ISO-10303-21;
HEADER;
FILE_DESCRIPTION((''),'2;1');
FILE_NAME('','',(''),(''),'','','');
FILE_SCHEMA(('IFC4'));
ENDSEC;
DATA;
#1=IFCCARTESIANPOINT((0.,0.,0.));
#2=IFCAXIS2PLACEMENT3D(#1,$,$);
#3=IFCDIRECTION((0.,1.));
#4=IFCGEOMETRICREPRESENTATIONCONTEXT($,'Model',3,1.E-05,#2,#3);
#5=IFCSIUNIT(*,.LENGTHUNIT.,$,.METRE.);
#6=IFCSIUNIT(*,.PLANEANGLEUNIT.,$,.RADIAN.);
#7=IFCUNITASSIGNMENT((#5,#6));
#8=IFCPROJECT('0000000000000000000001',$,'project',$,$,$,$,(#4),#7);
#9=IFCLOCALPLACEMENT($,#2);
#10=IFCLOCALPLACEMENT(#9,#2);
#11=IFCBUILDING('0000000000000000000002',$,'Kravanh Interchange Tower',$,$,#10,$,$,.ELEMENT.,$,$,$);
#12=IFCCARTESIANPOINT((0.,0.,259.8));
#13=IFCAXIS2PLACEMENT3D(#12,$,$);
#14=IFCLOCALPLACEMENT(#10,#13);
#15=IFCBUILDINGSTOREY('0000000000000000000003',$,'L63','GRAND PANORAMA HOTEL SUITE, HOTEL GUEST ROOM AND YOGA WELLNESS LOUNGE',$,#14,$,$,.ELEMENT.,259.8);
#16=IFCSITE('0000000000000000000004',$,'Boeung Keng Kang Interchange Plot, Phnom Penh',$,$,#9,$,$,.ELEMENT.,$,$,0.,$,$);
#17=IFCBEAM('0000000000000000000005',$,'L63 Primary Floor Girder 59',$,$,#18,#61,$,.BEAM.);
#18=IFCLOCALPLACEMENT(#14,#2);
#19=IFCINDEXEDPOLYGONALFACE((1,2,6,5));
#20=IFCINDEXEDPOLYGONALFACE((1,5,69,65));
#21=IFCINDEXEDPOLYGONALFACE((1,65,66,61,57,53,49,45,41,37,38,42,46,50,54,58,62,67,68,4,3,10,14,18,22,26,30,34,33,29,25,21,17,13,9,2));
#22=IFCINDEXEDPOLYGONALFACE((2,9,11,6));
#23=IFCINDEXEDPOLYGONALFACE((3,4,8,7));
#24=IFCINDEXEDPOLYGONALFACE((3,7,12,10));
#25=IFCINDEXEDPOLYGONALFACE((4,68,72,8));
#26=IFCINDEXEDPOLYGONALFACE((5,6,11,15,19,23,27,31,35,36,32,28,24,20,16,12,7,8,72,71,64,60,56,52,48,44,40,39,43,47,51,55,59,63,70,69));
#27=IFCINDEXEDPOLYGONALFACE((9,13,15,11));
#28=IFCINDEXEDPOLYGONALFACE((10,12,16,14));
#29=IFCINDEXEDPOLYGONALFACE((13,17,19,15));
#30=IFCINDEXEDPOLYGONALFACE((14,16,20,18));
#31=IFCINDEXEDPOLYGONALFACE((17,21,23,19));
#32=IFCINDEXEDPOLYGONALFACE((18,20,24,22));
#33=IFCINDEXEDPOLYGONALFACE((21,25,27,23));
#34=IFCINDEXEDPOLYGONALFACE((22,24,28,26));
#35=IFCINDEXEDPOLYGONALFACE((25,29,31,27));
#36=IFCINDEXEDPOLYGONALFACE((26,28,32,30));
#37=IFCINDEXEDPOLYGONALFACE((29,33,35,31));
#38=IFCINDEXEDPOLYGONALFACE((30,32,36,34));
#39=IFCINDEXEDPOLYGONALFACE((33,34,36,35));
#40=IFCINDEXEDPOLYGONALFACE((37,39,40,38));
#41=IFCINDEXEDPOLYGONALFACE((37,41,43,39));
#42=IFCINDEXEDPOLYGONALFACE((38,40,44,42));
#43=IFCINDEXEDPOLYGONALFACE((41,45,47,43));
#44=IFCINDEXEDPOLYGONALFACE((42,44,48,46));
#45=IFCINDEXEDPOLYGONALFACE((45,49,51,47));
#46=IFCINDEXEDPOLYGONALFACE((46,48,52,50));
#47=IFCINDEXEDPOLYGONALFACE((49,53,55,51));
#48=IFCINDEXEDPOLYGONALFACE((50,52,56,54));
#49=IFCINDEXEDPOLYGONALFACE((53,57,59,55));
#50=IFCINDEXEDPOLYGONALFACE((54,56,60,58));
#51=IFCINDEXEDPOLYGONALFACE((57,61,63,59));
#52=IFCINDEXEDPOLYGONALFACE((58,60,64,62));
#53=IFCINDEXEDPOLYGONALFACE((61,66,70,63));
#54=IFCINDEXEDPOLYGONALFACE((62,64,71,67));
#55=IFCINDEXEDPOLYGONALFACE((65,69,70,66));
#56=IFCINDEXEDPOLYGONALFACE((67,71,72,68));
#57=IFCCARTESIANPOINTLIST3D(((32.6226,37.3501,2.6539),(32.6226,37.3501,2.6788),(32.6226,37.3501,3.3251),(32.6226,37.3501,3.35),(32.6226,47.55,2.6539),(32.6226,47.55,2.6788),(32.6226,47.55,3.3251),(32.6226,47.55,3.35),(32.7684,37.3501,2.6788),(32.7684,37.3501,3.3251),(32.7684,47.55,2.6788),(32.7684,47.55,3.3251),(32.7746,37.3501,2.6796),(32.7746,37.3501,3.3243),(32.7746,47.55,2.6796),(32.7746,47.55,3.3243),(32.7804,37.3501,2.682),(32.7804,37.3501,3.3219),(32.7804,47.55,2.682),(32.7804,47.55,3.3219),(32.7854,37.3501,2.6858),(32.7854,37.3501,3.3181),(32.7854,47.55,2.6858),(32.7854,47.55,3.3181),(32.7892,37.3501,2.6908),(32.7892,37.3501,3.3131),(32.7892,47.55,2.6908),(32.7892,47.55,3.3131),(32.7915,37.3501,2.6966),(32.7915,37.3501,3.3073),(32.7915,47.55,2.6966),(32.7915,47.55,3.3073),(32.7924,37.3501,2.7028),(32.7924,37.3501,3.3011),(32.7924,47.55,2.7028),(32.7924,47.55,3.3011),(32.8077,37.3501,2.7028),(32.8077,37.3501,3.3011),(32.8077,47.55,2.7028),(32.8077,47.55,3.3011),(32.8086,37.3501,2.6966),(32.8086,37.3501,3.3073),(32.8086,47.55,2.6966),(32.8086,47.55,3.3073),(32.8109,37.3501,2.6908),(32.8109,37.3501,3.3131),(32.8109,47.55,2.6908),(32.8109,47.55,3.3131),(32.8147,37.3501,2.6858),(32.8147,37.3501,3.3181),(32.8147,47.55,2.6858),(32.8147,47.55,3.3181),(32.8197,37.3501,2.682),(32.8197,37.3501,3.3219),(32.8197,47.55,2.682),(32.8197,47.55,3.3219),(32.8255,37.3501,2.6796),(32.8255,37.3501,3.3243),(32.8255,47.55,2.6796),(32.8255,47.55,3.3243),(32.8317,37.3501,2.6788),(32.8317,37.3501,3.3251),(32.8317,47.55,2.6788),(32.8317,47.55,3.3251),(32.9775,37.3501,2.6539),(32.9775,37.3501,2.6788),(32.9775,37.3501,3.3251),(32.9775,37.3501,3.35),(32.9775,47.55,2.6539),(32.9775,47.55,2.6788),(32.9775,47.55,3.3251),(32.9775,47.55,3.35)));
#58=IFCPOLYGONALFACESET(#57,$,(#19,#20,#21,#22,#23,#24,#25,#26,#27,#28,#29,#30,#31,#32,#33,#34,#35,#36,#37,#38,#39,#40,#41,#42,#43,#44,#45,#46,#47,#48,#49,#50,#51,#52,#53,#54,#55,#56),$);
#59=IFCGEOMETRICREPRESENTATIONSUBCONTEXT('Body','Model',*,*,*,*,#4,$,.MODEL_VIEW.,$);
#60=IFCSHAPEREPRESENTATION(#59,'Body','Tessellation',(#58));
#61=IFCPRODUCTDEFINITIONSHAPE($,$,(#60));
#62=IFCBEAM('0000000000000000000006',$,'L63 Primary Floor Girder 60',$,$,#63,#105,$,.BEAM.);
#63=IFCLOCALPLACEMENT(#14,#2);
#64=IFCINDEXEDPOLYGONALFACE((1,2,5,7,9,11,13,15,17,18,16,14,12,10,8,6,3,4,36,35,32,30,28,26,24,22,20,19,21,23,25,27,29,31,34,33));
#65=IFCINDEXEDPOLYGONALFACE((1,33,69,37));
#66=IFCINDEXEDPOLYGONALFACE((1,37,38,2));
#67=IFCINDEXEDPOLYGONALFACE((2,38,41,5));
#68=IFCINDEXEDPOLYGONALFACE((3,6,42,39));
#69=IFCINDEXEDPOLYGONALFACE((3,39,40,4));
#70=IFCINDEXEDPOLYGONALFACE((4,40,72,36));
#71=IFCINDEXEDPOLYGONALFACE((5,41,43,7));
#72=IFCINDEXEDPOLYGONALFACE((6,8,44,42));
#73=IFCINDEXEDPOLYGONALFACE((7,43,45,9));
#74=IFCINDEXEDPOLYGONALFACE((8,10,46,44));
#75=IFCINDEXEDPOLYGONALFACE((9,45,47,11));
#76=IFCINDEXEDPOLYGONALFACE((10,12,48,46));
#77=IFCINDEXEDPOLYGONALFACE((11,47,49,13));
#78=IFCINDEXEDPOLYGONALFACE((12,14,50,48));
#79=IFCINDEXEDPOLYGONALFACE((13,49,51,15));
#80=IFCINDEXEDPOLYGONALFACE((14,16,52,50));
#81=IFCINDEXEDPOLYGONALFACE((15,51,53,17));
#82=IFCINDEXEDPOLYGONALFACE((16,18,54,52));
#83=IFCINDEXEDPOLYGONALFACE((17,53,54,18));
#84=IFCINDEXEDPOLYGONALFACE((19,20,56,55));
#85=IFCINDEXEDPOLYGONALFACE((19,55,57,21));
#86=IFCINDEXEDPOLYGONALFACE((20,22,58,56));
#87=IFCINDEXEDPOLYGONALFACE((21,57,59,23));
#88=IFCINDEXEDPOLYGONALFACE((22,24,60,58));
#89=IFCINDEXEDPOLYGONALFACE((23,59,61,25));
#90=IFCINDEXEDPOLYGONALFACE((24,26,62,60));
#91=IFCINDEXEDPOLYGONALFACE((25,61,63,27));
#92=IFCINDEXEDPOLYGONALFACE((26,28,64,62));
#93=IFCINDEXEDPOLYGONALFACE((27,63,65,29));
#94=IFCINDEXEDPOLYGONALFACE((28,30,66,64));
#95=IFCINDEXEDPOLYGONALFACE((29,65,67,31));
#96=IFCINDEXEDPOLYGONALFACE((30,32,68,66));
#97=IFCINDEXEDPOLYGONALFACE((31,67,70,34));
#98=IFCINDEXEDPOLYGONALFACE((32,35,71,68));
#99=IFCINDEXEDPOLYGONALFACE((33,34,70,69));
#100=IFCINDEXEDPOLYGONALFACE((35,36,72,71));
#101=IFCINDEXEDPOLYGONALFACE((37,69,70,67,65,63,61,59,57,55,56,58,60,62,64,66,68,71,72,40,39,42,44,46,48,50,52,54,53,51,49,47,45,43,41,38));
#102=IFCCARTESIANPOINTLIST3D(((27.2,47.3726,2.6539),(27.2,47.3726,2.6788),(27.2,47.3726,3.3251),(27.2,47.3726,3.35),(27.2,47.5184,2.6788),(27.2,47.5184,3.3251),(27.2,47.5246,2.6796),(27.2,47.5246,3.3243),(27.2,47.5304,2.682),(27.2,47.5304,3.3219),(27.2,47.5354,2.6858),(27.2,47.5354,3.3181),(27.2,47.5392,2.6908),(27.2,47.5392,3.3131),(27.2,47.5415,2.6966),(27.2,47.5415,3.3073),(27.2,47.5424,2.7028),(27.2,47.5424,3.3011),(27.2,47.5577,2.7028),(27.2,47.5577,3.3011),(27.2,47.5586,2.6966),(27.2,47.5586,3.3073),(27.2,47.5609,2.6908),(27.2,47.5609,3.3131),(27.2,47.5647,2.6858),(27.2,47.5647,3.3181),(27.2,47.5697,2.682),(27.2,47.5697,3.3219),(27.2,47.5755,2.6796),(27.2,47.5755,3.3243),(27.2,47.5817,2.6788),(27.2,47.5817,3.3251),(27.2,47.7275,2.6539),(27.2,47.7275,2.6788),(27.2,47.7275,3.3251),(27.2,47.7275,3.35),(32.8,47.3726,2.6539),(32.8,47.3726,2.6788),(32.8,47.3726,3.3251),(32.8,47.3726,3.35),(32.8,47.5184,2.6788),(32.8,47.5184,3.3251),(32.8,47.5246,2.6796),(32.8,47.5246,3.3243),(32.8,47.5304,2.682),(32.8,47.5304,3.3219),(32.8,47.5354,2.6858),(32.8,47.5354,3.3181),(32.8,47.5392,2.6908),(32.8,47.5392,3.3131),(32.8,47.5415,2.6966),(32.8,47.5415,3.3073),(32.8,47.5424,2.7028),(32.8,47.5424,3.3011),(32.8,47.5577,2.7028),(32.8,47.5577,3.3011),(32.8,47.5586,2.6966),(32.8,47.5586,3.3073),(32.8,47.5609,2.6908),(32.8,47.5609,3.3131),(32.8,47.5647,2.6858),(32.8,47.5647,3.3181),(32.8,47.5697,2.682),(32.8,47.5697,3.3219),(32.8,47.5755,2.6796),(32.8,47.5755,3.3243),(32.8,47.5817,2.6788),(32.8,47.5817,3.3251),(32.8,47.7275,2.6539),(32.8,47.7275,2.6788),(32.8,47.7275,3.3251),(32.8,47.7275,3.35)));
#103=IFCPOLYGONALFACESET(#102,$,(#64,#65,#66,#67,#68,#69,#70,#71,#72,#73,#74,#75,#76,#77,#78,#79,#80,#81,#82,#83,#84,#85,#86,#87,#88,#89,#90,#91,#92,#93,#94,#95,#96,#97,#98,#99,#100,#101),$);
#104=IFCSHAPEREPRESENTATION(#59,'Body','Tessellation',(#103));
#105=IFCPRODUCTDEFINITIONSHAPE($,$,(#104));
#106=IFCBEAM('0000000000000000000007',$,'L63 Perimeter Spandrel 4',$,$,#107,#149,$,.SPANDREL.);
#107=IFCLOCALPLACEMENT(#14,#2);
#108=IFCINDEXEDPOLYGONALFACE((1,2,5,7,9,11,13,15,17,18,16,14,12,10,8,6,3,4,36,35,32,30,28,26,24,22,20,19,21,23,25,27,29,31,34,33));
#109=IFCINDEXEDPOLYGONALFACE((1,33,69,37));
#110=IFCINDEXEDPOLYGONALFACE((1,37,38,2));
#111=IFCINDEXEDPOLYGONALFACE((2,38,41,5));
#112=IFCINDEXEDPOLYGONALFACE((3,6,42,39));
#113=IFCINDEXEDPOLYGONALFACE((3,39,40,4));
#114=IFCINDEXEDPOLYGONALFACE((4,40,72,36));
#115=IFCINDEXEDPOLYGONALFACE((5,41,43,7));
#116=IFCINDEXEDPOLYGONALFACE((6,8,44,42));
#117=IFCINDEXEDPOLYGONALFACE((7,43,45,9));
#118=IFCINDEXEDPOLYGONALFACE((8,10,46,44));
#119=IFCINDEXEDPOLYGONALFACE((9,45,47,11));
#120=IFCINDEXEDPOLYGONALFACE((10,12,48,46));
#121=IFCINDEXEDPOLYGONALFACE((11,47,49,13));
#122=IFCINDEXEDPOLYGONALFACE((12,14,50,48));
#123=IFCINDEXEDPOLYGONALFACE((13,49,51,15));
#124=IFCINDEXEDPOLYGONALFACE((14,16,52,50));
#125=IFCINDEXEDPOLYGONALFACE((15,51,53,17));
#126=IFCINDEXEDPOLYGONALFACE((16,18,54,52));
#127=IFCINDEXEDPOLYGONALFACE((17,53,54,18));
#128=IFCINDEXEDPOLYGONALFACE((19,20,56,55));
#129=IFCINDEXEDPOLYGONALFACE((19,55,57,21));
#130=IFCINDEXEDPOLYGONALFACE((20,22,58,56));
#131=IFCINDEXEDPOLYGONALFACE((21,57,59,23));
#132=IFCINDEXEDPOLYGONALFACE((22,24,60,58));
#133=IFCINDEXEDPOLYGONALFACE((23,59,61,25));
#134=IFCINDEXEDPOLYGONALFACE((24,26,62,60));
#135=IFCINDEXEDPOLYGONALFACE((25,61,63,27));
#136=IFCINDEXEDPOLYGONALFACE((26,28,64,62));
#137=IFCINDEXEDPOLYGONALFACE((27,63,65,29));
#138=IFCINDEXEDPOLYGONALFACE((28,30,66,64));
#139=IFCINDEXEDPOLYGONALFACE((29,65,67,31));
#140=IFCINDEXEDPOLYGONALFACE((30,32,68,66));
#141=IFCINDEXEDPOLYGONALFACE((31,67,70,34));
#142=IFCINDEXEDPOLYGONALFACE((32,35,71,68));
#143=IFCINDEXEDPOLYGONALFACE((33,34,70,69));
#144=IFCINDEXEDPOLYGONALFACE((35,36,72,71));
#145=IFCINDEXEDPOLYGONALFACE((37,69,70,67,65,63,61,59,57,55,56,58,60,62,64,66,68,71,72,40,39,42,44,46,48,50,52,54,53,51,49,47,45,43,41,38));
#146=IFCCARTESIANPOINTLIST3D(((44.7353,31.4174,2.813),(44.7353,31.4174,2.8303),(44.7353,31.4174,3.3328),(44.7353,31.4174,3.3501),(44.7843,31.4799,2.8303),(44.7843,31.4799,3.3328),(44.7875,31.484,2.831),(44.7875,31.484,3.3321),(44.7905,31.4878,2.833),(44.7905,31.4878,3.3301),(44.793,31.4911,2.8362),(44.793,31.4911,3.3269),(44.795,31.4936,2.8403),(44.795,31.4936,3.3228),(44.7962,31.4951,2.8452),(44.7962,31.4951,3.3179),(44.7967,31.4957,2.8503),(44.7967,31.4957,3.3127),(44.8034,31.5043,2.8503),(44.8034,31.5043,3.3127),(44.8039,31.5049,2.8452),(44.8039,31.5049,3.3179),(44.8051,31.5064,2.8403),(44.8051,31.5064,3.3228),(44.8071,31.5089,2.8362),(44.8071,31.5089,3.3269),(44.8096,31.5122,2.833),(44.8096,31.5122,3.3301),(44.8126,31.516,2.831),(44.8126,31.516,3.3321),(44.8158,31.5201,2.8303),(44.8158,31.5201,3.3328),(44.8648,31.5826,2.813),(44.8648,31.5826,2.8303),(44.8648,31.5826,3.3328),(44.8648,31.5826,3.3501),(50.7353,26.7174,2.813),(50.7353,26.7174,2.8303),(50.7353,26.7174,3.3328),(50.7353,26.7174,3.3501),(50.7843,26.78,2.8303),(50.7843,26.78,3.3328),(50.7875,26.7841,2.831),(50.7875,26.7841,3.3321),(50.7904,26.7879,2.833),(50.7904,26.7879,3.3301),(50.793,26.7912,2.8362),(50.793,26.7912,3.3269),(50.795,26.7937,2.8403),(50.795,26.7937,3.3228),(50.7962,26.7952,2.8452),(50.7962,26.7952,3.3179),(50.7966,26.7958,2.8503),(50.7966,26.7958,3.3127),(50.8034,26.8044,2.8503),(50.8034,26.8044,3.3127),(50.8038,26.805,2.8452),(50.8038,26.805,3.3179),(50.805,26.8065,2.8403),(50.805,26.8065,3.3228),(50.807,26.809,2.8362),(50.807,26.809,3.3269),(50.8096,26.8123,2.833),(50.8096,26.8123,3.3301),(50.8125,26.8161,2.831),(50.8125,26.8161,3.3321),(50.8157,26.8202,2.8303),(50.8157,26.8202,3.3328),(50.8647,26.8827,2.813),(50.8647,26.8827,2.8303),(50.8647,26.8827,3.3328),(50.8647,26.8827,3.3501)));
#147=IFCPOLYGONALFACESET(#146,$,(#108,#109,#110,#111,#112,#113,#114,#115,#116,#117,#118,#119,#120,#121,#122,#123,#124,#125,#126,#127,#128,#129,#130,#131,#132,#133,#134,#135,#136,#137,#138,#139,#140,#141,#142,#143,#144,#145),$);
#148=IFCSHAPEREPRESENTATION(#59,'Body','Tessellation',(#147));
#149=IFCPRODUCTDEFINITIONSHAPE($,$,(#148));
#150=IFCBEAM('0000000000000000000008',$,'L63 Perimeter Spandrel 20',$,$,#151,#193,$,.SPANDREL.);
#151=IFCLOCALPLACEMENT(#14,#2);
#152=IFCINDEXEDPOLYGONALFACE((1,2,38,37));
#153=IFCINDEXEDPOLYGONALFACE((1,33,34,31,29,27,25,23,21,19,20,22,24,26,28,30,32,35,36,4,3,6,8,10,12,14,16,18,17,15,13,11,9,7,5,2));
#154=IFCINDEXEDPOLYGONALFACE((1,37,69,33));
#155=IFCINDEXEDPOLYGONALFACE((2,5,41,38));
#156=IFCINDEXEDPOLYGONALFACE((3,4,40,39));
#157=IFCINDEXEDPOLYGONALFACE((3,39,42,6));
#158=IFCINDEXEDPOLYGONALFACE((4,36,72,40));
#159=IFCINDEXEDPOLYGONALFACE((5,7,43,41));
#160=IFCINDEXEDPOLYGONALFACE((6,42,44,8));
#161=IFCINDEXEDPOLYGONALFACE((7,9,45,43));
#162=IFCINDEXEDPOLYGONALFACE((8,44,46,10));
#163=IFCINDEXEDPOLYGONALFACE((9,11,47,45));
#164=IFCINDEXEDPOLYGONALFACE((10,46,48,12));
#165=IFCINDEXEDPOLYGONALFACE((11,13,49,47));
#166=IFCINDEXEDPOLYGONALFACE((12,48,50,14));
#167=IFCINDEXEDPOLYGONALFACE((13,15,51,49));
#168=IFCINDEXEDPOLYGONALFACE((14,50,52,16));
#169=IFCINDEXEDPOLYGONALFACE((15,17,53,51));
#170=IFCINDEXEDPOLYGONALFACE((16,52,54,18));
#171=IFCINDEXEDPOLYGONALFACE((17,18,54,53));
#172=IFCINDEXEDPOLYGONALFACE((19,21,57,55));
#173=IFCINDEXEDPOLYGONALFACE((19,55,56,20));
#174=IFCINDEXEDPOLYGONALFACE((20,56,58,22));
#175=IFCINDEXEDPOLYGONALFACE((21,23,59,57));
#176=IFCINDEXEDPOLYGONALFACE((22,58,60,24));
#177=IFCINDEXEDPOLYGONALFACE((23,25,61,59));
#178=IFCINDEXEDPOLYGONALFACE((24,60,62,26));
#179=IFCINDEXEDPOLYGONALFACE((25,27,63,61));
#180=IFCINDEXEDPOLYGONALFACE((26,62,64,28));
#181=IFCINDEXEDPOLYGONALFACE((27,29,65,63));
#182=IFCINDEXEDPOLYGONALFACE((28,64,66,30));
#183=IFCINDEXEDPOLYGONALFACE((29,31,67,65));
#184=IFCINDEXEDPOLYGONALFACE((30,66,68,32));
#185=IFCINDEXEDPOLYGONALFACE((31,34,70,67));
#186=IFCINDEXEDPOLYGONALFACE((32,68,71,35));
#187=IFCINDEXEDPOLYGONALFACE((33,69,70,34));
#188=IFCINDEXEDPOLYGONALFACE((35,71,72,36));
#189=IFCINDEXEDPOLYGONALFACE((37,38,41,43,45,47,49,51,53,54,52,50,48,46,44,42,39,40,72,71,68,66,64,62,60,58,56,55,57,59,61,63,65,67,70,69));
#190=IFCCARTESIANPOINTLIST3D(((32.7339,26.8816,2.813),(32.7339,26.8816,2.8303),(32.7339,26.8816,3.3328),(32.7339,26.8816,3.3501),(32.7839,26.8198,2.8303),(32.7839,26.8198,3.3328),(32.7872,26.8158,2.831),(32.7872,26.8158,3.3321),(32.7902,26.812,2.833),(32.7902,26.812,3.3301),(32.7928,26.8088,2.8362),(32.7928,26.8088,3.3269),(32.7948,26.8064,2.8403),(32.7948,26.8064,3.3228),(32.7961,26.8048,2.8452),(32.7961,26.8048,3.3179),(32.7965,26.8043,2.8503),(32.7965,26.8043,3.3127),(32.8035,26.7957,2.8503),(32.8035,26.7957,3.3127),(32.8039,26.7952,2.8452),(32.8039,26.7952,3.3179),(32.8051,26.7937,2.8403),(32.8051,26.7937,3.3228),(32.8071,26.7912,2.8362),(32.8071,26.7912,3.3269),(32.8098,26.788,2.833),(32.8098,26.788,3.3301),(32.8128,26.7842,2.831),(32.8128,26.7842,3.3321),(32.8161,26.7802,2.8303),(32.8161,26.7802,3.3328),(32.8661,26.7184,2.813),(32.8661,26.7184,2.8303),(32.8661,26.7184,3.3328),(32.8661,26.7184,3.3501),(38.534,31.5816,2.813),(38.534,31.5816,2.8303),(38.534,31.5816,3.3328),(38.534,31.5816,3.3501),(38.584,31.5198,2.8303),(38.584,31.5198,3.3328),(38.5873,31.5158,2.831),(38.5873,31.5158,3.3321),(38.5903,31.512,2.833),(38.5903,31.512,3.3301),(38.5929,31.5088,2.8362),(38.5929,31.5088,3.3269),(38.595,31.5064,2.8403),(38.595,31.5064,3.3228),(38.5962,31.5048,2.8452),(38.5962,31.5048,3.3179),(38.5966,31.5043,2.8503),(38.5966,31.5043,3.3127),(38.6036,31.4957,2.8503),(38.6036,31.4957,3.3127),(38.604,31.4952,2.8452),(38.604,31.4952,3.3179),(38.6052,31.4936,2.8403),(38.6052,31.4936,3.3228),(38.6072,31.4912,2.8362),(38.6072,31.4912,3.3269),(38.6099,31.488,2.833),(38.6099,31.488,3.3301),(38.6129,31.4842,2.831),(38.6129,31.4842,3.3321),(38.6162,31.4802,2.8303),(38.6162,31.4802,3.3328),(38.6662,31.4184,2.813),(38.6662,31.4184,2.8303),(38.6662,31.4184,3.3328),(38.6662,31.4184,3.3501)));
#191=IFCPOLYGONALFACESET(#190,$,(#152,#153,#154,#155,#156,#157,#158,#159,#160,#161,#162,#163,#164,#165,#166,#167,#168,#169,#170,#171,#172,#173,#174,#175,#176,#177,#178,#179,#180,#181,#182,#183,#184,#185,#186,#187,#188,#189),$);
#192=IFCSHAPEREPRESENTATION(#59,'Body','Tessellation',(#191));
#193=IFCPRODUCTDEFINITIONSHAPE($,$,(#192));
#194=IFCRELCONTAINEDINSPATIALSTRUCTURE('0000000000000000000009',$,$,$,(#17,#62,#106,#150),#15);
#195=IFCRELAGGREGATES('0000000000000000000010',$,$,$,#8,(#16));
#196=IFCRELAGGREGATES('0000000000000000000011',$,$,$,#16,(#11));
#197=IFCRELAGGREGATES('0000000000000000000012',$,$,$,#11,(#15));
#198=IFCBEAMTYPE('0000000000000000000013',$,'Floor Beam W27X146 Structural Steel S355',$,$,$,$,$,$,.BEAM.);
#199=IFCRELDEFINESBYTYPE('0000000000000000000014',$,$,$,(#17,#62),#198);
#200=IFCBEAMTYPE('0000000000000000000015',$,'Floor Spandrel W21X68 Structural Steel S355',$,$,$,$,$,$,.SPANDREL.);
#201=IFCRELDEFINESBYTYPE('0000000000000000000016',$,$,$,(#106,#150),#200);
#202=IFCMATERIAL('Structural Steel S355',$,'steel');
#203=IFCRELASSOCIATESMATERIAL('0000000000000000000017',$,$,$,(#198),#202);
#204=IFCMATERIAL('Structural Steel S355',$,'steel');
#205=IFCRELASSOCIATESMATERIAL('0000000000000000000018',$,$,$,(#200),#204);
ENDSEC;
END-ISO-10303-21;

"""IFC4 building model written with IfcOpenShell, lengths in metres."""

from ifc_helpers import new_model, si_unit, direction, frame, origin, origin_2d, place, context, subcontext, project, spatial, i_section, extrude, material, material_profile, profile_set, type_object, element, save


model = new_model("IFC4")

# Units and contexts
model_context = context("Model", 3, precision=1e-05, world=origin(), true_north=direction((0.0, 1.0)))
body_context = subcontext(model_context, "Body", "Model", "MODEL_VIEW")
ifc_project = project(units=[si_unit("LENGTHUNIT", "METRE"), si_unit("PLANEANGLEUNIT", "RADIAN")], contexts=[model_context])

# Site, building, storey
site_placement = place(None, origin())
site = spatial("IfcSite", under=ifc_project, at=site_placement, Name="Boeung Keng Kang Interchange Plot, Phnom Penh", CompositionType="ELEMENT", RefElevation=0.0)
building_placement = place(site_placement, origin())
building = spatial("IfcBuilding", under=site, at=building_placement, Name="Kravanh Interchange Tower", CompositionType="ELEMENT")
storey_placement = place(building_placement, frame((0.0, 0.0, 259.8)))
storey = spatial("IfcBuildingStorey", under=building, at=storey_placement, Name="L63", Description="GRAND PANORAMA HOTEL SUITE, HOTEL GUEST ROOM AND YOGA WELLNESS LOUNGE", CompositionType="ELEMENT", Elevation=259.8)

# Beams
ifc_material_1 = material(Name="Structural Steel S355", Category="steel")
ifc_material_profile_1 = material_profile(ifc_material_1, i_section(OverallWidth=0.355, OverallDepth=0.696, WebThickness=0.0154, FlangeThickness=0.0249, FilletRadius=0.0239, at=origin_2d()), Name="W27X146")
ifc_profile_set_1 = profile_set([ifc_material_profile_1], Name="Structural Steel S355")
beam_type_1 = type_object("IfcBeamType", Name="Floor Beam W27X146 Structural Steel S355", PredefinedType="BEAM", material=ifc_profile_set_1)
beam_1_placement = place(storey_placement, frame((32.8, 37.3501, 3.002), z_axis=(0.0, 1.0, 0.0), x_axis=(-1.0, 0.0, 0.0)))
element("IfcBeam", 1, at=beam_1_placement, inside=storey, type_object=beam_type_1, Name="L63 Primary Floor Girder 59", PredefinedType="BEAM", context=body_context, shape_type="SweptSolid", body=[
    extrude(i_section(OverallWidth=0.355, OverallDepth=0.696, WebThickness=0.0154, FlangeThickness=0.0249, FilletRadius=0.0239, at=origin_2d()), origin(), (0.0, 0.0, 1.0), 10.2),
])
beam_2_placement = place(storey_placement, frame((32.8, 47.55, 3.002), z_axis=(-1.0, 0.0, 0.0), x_axis=(0.0, -1.0, 0.0)))
element("IfcBeam", 2, at=beam_2_placement, inside=storey, type_object=beam_type_1, Name="L63 Primary Floor Girder 60", PredefinedType="BEAM", context=body_context, shape_type="SweptSolid", body=[
    extrude(i_section(OverallWidth=0.355, OverallDepth=0.696, WebThickness=0.0154, FlangeThickness=0.0249, FilletRadius=0.0239, at=origin_2d()), origin(), (0.0, 0.0, 1.0), 5.6001),
])
ifc_material_2 = material(Name="Structural Steel S355", Category="steel")
ifc_material_profile_2 = material_profile(ifc_material_2, i_section(OverallWidth=0.21, OverallDepth=0.5371, WebThickness=0.011, FlangeThickness=0.0173, FilletRadius=0.02, at=origin_2d()), Name="W21X68")
ifc_profile_set_2 = profile_set([ifc_material_profile_2], Name="Structural Steel S355")
beam_type_2 = type_object("IfcBeamType", Name="Floor Spandrel W21X68 Structural Steel S355", PredefinedType="SPANDREL", material=ifc_profile_set_2)
beam_3_placement = place(storey_placement, frame((44.8, 31.5, 3.0815), z_axis=(0.787231, -0.616658, 0.0), x_axis=(0.616658, 0.787231, 0.0)))
element("IfcBeam", 3, at=beam_3_placement, inside=storey, type_object=beam_type_2, Name="L63 Perimeter Spandrel 4", PredefinedType="SPANDREL", context=body_context, shape_type="SweptSolid", body=[
    extrude(i_section(OverallWidth=0.21, OverallDepth=0.5371, WebThickness=0.011, FlangeThickness=0.0173, FilletRadius=0.02, at=origin_2d()), origin(), (0.0, 0.0, 1.0), 7.6216),
])
beam_4_placement = place(storey_placement, frame((38.6001, 31.5, 3.0815), z_axis=(-0.776939, -0.629576, 0.0), x_axis=(0.629576, -0.776939, 0.0)))
element("IfcBeam", 4, at=beam_4_placement, inside=storey, type_object=beam_type_2, Name="L63 Perimeter Spandrel 20", PredefinedType="SPANDREL", context=body_context, shape_type="SweptSolid", body=[
    extrude(i_section(OverallWidth=0.21, OverallDepth=0.5371, WebThickness=0.011, FlangeThickness=0.0173, FilletRadius=0.02, at=origin_2d()), origin(), (0.0, 0.0, 1.0), 7.4653),
])

save(model, "model.ifc")
